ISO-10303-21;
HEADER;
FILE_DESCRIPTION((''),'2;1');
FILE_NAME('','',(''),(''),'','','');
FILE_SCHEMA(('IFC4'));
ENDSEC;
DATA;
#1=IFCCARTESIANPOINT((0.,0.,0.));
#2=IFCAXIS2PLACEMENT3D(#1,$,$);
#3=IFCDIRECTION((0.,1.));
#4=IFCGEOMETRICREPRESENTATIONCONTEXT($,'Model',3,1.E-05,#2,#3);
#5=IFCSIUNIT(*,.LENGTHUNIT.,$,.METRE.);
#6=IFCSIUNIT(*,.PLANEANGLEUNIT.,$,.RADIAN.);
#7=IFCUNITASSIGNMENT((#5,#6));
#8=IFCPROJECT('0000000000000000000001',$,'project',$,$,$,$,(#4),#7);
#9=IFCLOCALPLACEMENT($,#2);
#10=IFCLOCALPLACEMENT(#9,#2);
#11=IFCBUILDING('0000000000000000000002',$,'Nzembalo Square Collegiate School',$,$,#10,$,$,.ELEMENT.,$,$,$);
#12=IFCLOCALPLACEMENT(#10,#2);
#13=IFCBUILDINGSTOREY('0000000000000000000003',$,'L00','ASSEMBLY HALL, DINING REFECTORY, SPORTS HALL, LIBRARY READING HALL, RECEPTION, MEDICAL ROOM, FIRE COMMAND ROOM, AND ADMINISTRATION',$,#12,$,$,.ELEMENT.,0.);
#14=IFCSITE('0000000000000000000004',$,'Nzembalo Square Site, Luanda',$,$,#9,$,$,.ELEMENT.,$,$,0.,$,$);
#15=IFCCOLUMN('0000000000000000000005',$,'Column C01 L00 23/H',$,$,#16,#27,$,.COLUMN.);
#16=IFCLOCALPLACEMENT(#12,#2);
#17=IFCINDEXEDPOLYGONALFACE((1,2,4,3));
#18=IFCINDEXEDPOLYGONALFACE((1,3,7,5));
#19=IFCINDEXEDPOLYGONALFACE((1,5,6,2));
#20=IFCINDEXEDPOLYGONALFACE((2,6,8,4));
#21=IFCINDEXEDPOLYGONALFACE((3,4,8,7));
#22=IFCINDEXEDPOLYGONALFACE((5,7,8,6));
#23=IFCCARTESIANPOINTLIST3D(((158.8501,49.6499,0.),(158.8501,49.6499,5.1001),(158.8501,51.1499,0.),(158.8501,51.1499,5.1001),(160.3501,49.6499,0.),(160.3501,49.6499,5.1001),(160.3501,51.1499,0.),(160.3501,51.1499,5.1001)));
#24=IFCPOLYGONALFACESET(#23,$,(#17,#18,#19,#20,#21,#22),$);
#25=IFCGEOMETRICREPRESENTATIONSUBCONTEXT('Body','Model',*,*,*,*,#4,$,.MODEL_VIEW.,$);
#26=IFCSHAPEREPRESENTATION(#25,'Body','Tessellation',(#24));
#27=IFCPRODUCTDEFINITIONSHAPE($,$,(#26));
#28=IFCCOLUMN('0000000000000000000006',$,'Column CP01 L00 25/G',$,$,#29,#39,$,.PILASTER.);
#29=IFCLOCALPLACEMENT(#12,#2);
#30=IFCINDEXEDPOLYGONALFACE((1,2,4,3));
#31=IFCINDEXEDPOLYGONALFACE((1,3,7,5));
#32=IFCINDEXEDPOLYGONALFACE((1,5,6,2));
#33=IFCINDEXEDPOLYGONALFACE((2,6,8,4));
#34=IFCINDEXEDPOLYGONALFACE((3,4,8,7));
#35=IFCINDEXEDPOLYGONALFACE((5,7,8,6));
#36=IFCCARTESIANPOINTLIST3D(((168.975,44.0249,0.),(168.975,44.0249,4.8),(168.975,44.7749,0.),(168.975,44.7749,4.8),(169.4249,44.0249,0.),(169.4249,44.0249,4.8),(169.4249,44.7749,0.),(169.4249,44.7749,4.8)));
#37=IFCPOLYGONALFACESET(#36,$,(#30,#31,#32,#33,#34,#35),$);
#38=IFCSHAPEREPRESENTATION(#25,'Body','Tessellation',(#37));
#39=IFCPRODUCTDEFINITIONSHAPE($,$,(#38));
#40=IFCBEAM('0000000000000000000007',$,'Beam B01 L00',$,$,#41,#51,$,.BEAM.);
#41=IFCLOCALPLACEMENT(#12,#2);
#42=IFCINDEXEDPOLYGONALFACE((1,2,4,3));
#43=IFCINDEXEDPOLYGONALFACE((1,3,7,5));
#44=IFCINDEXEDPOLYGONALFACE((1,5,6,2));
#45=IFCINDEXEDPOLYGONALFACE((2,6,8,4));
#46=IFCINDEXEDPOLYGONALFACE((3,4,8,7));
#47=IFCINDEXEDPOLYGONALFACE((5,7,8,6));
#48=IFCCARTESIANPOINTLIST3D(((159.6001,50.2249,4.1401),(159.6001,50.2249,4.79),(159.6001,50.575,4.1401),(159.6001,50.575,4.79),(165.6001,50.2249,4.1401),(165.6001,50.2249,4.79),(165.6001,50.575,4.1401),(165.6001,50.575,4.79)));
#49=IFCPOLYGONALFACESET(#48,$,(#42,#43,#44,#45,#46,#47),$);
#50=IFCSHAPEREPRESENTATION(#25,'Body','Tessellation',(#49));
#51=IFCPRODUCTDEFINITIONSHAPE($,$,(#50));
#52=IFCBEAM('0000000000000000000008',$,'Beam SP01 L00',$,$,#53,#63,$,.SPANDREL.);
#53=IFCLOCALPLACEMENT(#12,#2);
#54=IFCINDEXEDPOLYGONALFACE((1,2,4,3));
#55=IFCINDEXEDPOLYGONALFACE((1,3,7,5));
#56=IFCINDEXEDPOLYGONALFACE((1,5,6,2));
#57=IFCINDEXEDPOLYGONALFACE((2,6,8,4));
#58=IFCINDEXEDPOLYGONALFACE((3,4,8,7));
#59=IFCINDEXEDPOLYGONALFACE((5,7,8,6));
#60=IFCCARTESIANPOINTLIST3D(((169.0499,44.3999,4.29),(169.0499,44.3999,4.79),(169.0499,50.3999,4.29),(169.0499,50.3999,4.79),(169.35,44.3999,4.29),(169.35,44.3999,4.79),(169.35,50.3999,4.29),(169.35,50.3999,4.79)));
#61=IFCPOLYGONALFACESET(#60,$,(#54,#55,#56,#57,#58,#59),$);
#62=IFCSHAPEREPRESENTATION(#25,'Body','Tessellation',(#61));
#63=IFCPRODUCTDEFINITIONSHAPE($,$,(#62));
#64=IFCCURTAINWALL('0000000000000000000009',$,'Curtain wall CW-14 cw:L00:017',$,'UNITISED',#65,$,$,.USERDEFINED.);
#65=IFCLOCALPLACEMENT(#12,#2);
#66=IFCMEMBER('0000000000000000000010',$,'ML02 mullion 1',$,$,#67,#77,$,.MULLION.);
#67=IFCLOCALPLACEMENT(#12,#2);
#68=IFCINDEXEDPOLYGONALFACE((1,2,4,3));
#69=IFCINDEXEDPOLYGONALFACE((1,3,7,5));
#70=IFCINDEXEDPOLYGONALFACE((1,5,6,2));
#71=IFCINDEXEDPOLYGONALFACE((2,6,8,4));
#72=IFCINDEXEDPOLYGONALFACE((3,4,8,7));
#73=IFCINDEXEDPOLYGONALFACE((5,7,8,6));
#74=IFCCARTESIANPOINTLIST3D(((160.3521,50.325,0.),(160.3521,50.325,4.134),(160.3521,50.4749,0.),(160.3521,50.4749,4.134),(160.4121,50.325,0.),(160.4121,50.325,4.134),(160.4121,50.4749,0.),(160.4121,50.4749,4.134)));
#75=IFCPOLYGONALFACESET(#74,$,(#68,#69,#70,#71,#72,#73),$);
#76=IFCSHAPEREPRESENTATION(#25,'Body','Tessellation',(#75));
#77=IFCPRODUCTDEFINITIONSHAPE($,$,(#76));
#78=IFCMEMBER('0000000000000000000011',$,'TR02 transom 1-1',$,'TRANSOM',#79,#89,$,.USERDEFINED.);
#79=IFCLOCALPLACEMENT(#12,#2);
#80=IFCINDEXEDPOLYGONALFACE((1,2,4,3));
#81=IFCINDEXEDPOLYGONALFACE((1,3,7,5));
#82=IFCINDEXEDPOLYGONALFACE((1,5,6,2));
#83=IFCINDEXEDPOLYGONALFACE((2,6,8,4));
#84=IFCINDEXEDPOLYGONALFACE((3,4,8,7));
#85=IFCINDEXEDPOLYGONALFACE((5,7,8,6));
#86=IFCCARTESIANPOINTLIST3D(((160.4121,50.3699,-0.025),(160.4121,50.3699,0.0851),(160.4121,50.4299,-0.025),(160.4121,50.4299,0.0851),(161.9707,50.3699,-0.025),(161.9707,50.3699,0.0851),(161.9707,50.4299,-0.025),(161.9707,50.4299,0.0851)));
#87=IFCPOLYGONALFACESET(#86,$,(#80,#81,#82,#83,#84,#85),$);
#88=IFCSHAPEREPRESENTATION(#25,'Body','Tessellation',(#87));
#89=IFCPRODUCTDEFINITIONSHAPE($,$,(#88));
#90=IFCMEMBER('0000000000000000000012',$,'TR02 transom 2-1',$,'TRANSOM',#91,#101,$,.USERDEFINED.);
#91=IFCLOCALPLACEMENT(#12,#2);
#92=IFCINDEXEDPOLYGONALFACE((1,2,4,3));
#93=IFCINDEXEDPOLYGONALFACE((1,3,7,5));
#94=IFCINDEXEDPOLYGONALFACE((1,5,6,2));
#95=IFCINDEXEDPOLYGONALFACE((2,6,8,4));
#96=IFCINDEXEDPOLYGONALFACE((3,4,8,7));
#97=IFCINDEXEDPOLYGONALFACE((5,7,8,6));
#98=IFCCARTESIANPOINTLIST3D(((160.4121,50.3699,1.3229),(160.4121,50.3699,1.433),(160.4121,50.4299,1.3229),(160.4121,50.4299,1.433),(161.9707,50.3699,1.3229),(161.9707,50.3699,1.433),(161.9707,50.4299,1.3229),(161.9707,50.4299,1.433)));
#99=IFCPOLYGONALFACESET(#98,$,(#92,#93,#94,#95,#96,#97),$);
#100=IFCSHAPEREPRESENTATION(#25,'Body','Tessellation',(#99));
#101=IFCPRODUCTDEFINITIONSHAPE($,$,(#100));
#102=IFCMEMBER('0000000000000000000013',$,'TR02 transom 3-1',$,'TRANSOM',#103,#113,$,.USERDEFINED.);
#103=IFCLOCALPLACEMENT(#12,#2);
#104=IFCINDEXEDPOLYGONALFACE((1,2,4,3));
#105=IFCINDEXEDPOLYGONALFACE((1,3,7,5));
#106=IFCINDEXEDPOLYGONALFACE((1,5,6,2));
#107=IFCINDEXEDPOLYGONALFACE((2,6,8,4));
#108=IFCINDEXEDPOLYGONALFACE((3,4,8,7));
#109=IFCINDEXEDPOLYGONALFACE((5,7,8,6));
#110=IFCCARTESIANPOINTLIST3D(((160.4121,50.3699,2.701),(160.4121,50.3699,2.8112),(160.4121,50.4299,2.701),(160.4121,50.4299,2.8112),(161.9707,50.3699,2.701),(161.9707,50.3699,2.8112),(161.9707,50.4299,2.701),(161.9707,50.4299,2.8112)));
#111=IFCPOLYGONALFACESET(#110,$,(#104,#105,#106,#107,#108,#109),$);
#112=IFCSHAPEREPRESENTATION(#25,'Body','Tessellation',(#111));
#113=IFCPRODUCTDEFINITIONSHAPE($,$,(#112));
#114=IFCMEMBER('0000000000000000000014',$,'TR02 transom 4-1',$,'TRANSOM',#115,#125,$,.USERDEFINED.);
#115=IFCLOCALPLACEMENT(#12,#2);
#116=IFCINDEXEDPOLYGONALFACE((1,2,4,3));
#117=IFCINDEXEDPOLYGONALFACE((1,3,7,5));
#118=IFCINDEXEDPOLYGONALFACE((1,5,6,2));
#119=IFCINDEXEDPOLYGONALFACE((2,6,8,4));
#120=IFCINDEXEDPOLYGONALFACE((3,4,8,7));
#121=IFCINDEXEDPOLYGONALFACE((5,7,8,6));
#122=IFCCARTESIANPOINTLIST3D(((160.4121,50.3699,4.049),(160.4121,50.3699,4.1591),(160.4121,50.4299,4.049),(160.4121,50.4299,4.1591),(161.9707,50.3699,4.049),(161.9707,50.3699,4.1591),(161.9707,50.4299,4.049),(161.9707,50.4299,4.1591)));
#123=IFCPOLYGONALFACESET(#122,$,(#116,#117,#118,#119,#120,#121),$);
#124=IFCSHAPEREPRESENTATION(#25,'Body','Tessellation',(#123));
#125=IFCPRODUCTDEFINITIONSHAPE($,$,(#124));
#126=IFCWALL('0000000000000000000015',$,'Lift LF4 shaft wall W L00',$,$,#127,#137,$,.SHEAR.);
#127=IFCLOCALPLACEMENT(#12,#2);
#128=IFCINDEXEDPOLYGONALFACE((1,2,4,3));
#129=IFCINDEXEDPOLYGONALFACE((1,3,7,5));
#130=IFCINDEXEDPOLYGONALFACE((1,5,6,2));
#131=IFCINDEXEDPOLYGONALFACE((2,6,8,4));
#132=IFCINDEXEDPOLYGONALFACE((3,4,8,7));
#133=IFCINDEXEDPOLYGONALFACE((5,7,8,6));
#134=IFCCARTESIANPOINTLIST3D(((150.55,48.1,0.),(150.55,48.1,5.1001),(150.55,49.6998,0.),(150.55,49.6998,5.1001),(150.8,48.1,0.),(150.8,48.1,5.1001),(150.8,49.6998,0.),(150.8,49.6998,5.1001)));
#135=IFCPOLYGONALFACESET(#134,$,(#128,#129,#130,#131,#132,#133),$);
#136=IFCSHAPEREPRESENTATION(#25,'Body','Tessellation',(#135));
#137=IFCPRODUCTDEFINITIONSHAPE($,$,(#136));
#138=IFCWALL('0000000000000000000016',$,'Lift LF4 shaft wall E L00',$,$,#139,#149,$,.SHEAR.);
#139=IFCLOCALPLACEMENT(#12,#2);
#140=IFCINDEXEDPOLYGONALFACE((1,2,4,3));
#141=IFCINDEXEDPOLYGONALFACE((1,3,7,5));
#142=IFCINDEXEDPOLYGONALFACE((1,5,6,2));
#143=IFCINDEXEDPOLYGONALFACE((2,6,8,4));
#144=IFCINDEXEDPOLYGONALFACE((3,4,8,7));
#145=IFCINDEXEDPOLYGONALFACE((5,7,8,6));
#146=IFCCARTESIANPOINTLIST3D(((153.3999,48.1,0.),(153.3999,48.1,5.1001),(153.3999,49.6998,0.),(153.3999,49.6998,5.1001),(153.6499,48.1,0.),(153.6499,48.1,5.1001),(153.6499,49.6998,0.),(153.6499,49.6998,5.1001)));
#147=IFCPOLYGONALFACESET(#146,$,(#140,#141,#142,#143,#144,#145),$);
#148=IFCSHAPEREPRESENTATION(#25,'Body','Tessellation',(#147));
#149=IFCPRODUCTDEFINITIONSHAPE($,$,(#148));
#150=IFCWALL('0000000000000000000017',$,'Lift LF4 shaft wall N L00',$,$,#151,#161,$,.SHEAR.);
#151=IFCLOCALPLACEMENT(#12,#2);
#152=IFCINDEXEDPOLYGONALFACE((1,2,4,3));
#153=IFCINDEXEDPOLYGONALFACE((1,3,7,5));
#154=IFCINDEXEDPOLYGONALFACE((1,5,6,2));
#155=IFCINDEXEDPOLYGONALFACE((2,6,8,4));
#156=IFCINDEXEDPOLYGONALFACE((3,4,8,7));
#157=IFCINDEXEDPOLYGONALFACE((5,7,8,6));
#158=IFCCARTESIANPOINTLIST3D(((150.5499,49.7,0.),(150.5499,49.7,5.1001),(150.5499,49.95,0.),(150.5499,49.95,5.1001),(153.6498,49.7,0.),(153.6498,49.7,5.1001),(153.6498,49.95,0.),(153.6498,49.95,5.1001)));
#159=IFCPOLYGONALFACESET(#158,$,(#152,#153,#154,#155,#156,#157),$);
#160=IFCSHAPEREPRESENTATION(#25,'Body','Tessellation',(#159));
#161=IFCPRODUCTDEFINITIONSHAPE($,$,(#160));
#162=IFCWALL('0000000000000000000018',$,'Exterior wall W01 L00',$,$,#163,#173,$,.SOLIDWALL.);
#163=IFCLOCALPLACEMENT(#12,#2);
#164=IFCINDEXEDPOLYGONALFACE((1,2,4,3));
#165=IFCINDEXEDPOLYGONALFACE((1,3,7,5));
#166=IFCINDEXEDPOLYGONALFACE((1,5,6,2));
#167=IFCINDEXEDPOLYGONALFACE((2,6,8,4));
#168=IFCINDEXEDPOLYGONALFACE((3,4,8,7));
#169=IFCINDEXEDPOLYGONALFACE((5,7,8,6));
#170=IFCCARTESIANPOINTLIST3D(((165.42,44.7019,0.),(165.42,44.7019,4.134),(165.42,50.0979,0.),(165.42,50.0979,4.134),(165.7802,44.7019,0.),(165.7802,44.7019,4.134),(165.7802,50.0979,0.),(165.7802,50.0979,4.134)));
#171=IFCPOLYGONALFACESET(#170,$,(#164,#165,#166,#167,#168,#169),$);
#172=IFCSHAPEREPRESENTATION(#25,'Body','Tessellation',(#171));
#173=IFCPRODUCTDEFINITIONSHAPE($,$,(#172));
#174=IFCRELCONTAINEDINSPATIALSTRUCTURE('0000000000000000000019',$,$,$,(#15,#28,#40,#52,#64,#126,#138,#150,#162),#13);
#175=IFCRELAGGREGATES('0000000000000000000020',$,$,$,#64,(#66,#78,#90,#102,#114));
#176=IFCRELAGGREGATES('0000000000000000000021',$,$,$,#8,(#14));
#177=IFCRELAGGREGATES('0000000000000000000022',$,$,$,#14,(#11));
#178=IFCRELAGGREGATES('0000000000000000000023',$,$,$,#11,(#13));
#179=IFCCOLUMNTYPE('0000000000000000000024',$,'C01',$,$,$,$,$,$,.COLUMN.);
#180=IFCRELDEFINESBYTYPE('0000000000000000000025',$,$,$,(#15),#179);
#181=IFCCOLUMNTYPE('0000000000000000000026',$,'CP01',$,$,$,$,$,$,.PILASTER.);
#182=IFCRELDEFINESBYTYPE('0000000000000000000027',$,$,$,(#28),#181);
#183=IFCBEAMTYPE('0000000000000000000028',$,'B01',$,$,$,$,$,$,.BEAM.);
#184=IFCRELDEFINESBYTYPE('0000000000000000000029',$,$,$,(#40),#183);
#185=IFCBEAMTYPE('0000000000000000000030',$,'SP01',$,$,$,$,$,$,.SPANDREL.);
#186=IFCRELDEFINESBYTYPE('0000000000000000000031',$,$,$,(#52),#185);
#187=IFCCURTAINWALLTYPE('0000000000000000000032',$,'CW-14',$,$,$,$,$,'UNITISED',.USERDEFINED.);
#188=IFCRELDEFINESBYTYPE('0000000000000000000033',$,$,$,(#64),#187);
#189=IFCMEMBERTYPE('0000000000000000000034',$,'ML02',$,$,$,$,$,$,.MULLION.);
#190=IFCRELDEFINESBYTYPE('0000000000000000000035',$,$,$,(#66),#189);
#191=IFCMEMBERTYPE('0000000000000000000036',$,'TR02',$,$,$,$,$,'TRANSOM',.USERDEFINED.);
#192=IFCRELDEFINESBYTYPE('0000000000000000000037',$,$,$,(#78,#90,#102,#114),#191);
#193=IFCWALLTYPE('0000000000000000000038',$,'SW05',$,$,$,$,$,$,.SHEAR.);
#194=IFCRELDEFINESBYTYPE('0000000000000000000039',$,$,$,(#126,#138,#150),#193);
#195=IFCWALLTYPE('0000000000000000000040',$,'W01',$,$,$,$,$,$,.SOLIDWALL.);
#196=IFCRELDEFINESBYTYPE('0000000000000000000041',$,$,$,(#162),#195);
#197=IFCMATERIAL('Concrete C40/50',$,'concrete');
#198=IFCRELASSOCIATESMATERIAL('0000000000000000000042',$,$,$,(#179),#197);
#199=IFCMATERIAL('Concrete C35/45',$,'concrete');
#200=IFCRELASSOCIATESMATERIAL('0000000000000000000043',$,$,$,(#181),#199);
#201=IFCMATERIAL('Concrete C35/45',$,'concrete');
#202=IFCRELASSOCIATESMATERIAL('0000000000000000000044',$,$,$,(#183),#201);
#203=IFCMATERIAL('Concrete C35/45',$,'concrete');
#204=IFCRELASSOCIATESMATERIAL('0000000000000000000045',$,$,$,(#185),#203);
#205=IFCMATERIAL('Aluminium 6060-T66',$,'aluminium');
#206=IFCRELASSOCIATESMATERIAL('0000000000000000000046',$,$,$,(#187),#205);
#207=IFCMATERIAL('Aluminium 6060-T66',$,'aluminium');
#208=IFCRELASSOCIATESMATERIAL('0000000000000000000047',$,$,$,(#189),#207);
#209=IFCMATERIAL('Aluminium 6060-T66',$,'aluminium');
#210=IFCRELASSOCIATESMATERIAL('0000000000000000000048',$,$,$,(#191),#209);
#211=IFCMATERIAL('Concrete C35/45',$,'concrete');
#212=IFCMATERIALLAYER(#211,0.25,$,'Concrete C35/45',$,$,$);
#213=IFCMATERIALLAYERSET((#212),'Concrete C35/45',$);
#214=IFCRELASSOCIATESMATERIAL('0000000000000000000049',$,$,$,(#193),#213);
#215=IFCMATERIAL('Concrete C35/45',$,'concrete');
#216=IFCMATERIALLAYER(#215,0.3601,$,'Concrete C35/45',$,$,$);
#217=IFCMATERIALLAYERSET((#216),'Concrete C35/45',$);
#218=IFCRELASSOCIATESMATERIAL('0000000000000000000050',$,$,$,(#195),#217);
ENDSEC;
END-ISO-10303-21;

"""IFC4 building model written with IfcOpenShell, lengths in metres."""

from ifc_helpers import new_model, si_unit, direction, frame, frame_2d, origin, origin_2d, place, context, subcontext, project, spatial, rectangle, extrude, material, layer, layer_set, material_profile, profile_set, type_object, element, aggregate, save


model = new_model("IFC4")

# Units and contexts
model_context = context("Model", 3, precision=1e-05, world=origin(), true_north=direction((0.0, 1.0)))
body_context = subcontext(model_context, "Body", "Model", "MODEL_VIEW")
ifc_project = project(units=[si_unit("LENGTHUNIT", "METRE"), si_unit("PLANEANGLEUNIT", "RADIAN")], contexts=[model_context])

# Site, building, storey
site_placement = place(None, origin())
site = spatial("IfcSite", under=ifc_project, at=site_placement, Name="Nzembalo Square Site, Luanda", CompositionType="ELEMENT", RefElevation=0.0)
building_placement = place(site_placement, origin())
building = spatial("IfcBuilding", under=site, at=building_placement, Name="Nzembalo Square Collegiate School", CompositionType="ELEMENT")
storey_placement = place(building_placement, origin())
storey = spatial("IfcBuildingStorey", under=building, at=storey_placement, Name="L00", Description="ASSEMBLY HALL, DINING REFECTORY, SPORTS HALL, LIBRARY READING HALL, RECEPTION, MEDICAL ROOM, FIRE COMMAND ROOM, AND ADMINISTRATION", CompositionType="ELEMENT", Elevation=0.0)

# Columns
ifc_material_1 = material(Name="Concrete C40/50", Category="concrete")
ifc_material_profile_1 = material_profile(ifc_material_1, rectangle(XDim=1.5, YDim=1.5, at=origin_2d()), Name="RC 1500x1500")
ifc_profile_set_1 = profile_set([ifc_material_profile_1], Name="Concrete C40/50")
column_type_1 = type_object("IfcColumnType", Name="C01", PredefinedType="COLUMN", material=ifc_profile_set_1)
column_1_placement = place(storey_placement, frame((159.6001, 50.3999, 0.0), z_axis=(0.0, 0.0, 1.0), x_axis=(1.0, 0.0, 0.0)))
element("IfcColumn", 1, at=column_1_placement, inside=storey, type_object=column_type_1, Name="Column C01 L00 23/H", PredefinedType="COLUMN", context=body_context, shape_type="SweptSolid", body=[
    extrude(rectangle(XDim=1.5, YDim=1.5, at=origin_2d()), origin(), (0.0, 0.0, 1.0), 5.1001),
])
ifc_material_2 = material(Name="Concrete C35/45", Category="concrete")
ifc_material_profile_2 = material_profile(ifc_material_2, rectangle(XDim=0.45, YDim=0.75, at=origin_2d()), Name="RC 450x750")
ifc_profile_set_2 = profile_set([ifc_material_profile_2], Name="Concrete C35/45")
column_type_2 = type_object("IfcColumnType", Name="CP01", PredefinedType="PILASTER", material=ifc_profile_set_2)
column_2_placement = place(storey_placement, frame((169.2, 44.3999, 0.0), z_axis=(0.0, 0.0, 1.0), x_axis=(1.0, 0.0, 0.0)))
element("IfcColumn", 2, at=column_2_placement, inside=storey, type_object=column_type_2, Name="Column CP01 L00 25/G", PredefinedType="PILASTER", context=body_context, shape_type="SweptSolid", body=[
    extrude(rectangle(XDim=0.45, YDim=0.75, at=origin_2d()), origin(), (0.0, 0.0, 1.0), 4.8),
])

# Beams
ifc_material_3 = material(Name="Concrete C35/45", Category="concrete")
ifc_material_profile_3 = material_profile(ifc_material_3, rectangle(XDim=0.3501, YDim=0.6499, at=origin_2d()), Name="RC 350x650")
ifc_profile_set_3 = profile_set([ifc_material_profile_3], Name="Concrete C35/45")
beam_type_1 = type_object("IfcBeamType", Name="B01", PredefinedType="BEAM", material=ifc_profile_set_3)
beam_1_placement = place(storey_placement, frame((159.6001, 50.3999, 4.4651), z_axis=(1.0, 0.0, 0.0), x_axis=(0.0, 1.0, 0.0)))
element("IfcBeam", 3, at=beam_1_placement, inside=storey, type_object=beam_type_1, Name="Beam B01 L00", PredefinedType="BEAM", context=body_context, shape_type="SweptSolid", body=[
    extrude(rectangle(XDim=0.3501, YDim=0.6499, at=origin_2d()), origin(), (0.0, 0.0, 1.0), 6.0),
])
ifc_material_4 = material(Name="Concrete C35/45", Category="concrete")
ifc_material_profile_4 = material_profile(ifc_material_4, rectangle(XDim=0.3, YDim=0.5, at=origin_2d()), Name="RC 300x500")
ifc_profile_set_4 = profile_set([ifc_material_profile_4], Name="Concrete C35/45")
beam_type_2 = type_object("IfcBeamType", Name="SP01", PredefinedType="SPANDREL", material=ifc_profile_set_4)
beam_2_placement = place(storey_placement, frame((169.2, 44.3999, 4.54), z_axis=(0.0, 1.0, 0.0), x_axis=(-1.0, 0.0, 0.0)))
element("IfcBeam", 4, at=beam_2_placement, inside=storey, type_object=beam_type_2, Name="Beam SP01 L00", PredefinedType="SPANDREL", context=body_context, shape_type="SweptSolid", body=[
    extrude(rectangle(XDim=0.3, YDim=0.5, at=origin_2d()), origin(), (0.0, 0.0, 1.0), 6.0),
])

# Curtain wall, members
ifc_material_5 = material(Name="Aluminium 6060-T66", Category="aluminium")
curtain_wall_type = type_object("IfcCurtainWallType", Name="CW-14", ElementType="UNITISED", PredefinedType="USERDEFINED", material=ifc_material_5)
curtain_wall_placement = place(storey_placement, origin())
curtain_wall = element("IfcCurtainWall", 5, at=curtain_wall_placement, inside=storey, type_object=curtain_wall_type, Name="Curtain wall CW-14 cw:L00:017", ObjectType="UNITISED", PredefinedType="USERDEFINED")
ifc_material_6 = material(Name="Aluminium 6060-T66", Category="aluminium")
ifc_material_profile_5 = material_profile(ifc_material_6, rectangle(XDim=0.0601, YDim=0.1499, at=origin_2d()), Name="ALU M60x150")
ifc_profile_set_5 = profile_set([ifc_material_profile_5], Name="Aluminium 6060-T66")
member_type_1 = type_object("IfcMemberType", Name="ML02", PredefinedType="MULLION", material=ifc_profile_set_5)
member_1_placement = place(storey_placement, frame((160.3821, 50.3999, 0.0), z_axis=(0.0, 0.0, 1.0), x_axis=(1.0, 0.0, 0.0)))
member_1 = element("IfcMember", 6, at=member_1_placement, type_object=member_type_1, Name="ML02 mullion 1", PredefinedType="MULLION", context=body_context, shape_type="SweptSolid", body=[
    extrude(rectangle(XDim=0.0601, YDim=0.1499, at=origin_2d()), origin(), (0.0, 0.0, 1.0), 4.134),
])
ifc_material_7 = material(Name="Aluminium 6060-T66", Category="aluminium")
ifc_material_profile_6 = material_profile(ifc_material_7, rectangle(XDim=0.0601, YDim=0.1101, at=origin_2d()), Name="ALU T60x110")
ifc_profile_set_6 = profile_set([ifc_material_profile_6], Name="Aluminium 6060-T66")
member_type_2 = type_object("IfcMemberType", Name="TR02", ElementType="TRANSOM", PredefinedType="USERDEFINED", material=ifc_profile_set_6)
member_2_placement = place(storey_placement, frame((160.4121, 50.3999, 0.03), z_axis=(1.0, 0.0, 0.0), x_axis=(0.0, 1.0, 0.0)))
member_2 = element("IfcMember", 7, at=member_2_placement, type_object=member_type_2, Name="TR02 transom 1-1", ObjectType="TRANSOM", PredefinedType="USERDEFINED", context=body_context, shape_type="SweptSolid", body=[
    extrude(rectangle(XDim=0.0601, YDim=0.1101, at=origin_2d()), origin(), (0.0, 0.0, 1.0), 1.5586),
])
member_3_placement = place(storey_placement, frame((160.4121, 50.3999, 1.3779), z_axis=(1.0, 0.0, 0.0), x_axis=(0.0, 1.0, 0.0)))
member_3 = element("IfcMember", 8, at=member_3_placement, type_object=member_type_2, Name="TR02 transom 2-1", ObjectType="TRANSOM", PredefinedType="USERDEFINED", context=body_context, shape_type="SweptSolid", body=[
    extrude(rectangle(XDim=0.0601, YDim=0.1101, at=origin_2d()), origin(), (0.0, 0.0, 1.0), 1.5586),
])
member_4_placement = place(storey_placement, frame((160.4121, 50.3999, 2.7561), z_axis=(1.0, 0.0, 0.0), x_axis=(0.0, 1.0, 0.0)))
member_4 = element("IfcMember", 9, at=member_4_placement, type_object=member_type_2, Name="TR02 transom 3-1", ObjectType="TRANSOM", PredefinedType="USERDEFINED", context=body_context, shape_type="SweptSolid", body=[
    extrude(rectangle(XDim=0.0601, YDim=0.1101, at=origin_2d()), origin(), (0.0, 0.0, 1.0), 1.5586),
])
member_5_placement = place(storey_placement, frame((160.4121, 50.3999, 4.104), z_axis=(1.0, 0.0, 0.0), x_axis=(0.0, 1.0, 0.0)))
member_5 = element("IfcMember", 10, at=member_5_placement, type_object=member_type_2, Name="TR02 transom 4-1", ObjectType="TRANSOM", PredefinedType="USERDEFINED", context=body_context, shape_type="SweptSolid", body=[
    extrude(rectangle(XDim=0.0601, YDim=0.1101, at=origin_2d()), origin(), (0.0, 0.0, 1.0), 1.5586),
])
aggregate(curtain_wall, [member_1, member_2, member_3, member_4, member_5])

# Walls
ifc_material_8 = material(Name="Concrete C35/45", Category="concrete")
ifc_layer_1 = layer(ifc_material_8, 0.25, Name="Concrete C35/45")
ifc_layer_set_1 = layer_set([ifc_layer_1], Name="Concrete C35/45")
wall_type_1 = type_object("IfcWallType", Name="SW05", PredefinedType="SHEAR", material=ifc_layer_set_1)
for number, where, z_axis, x_axis, name in (
    (11, (150.675, 48.1001, 0.0), (0.0, 0.0, 1.0), (0.0, 1.0, 0.0), "Lift LF4 shaft wall W L00"),
    (12, (153.5249, 48.1001, 0.0), (0.0, 0.0, 1.0), (0.0, 1.0, 0.0), "Lift LF4 shaft wall E L00"),
):
    element("IfcWall", number, at=place(storey_placement, frame(where, z_axis=z_axis, x_axis=x_axis)), inside=storey, type_object=wall_type_1, Name=name, PredefinedType="SHEAR", context=body_context, shape_type="SweptSolid", body=[
        extrude(rectangle(XDim=1.5999, YDim=0.25, at=frame_2d((0.7998, 0.0))), origin(), (0.0, 0.0, 1.0), 5.1001),
    ])
wall_1_placement = place(storey_placement, frame((150.55, 49.825, 0.0), z_axis=(0.0, 0.0, 1.0), x_axis=(1.0, 0.0, 0.0)))
element("IfcWall", 13, at=wall_1_placement, inside=storey, type_object=wall_type_1, Name="Lift LF4 shaft wall N L00", PredefinedType="SHEAR", context=body_context, shape_type="SweptSolid", body=[
    extrude(rectangle(XDim=3.0999, YDim=0.25, at=frame_2d((1.5498, 0.0))), origin(), (0.0, 0.0, 1.0), 5.1001),
])

# Wall
ifc_material_9 = material(Name="Concrete C35/45", Category="concrete")
ifc_layer_2 = layer(ifc_material_9, 0.3601, Name="Concrete C35/45")
ifc_layer_set_2 = layer_set([ifc_layer_2], Name="Concrete C35/45")
wall_type_2 = type_object("IfcWallType", Name="W01", PredefinedType="SOLIDWALL", material=ifc_layer_set_2)
wall_2_placement = place(storey_placement, frame((165.6001, 44.7019, 0.0), z_axis=(0.0, 0.0, 1.0), x_axis=(0.0, 1.0, 0.0)))
element("IfcWall", 14, at=wall_2_placement, inside=storey, type_object=wall_type_2, Name="Exterior wall W01 L00", PredefinedType="SOLIDWALL", context=body_context, shape_type="SweptSolid", body=[
    extrude(rectangle(XDim=5.396, YDim=0.3601, at=frame_2d((2.698, 0.0))), origin(), (0.0, 0.0, 1.0), 4.134),
])

save(model, "model.ifc")
